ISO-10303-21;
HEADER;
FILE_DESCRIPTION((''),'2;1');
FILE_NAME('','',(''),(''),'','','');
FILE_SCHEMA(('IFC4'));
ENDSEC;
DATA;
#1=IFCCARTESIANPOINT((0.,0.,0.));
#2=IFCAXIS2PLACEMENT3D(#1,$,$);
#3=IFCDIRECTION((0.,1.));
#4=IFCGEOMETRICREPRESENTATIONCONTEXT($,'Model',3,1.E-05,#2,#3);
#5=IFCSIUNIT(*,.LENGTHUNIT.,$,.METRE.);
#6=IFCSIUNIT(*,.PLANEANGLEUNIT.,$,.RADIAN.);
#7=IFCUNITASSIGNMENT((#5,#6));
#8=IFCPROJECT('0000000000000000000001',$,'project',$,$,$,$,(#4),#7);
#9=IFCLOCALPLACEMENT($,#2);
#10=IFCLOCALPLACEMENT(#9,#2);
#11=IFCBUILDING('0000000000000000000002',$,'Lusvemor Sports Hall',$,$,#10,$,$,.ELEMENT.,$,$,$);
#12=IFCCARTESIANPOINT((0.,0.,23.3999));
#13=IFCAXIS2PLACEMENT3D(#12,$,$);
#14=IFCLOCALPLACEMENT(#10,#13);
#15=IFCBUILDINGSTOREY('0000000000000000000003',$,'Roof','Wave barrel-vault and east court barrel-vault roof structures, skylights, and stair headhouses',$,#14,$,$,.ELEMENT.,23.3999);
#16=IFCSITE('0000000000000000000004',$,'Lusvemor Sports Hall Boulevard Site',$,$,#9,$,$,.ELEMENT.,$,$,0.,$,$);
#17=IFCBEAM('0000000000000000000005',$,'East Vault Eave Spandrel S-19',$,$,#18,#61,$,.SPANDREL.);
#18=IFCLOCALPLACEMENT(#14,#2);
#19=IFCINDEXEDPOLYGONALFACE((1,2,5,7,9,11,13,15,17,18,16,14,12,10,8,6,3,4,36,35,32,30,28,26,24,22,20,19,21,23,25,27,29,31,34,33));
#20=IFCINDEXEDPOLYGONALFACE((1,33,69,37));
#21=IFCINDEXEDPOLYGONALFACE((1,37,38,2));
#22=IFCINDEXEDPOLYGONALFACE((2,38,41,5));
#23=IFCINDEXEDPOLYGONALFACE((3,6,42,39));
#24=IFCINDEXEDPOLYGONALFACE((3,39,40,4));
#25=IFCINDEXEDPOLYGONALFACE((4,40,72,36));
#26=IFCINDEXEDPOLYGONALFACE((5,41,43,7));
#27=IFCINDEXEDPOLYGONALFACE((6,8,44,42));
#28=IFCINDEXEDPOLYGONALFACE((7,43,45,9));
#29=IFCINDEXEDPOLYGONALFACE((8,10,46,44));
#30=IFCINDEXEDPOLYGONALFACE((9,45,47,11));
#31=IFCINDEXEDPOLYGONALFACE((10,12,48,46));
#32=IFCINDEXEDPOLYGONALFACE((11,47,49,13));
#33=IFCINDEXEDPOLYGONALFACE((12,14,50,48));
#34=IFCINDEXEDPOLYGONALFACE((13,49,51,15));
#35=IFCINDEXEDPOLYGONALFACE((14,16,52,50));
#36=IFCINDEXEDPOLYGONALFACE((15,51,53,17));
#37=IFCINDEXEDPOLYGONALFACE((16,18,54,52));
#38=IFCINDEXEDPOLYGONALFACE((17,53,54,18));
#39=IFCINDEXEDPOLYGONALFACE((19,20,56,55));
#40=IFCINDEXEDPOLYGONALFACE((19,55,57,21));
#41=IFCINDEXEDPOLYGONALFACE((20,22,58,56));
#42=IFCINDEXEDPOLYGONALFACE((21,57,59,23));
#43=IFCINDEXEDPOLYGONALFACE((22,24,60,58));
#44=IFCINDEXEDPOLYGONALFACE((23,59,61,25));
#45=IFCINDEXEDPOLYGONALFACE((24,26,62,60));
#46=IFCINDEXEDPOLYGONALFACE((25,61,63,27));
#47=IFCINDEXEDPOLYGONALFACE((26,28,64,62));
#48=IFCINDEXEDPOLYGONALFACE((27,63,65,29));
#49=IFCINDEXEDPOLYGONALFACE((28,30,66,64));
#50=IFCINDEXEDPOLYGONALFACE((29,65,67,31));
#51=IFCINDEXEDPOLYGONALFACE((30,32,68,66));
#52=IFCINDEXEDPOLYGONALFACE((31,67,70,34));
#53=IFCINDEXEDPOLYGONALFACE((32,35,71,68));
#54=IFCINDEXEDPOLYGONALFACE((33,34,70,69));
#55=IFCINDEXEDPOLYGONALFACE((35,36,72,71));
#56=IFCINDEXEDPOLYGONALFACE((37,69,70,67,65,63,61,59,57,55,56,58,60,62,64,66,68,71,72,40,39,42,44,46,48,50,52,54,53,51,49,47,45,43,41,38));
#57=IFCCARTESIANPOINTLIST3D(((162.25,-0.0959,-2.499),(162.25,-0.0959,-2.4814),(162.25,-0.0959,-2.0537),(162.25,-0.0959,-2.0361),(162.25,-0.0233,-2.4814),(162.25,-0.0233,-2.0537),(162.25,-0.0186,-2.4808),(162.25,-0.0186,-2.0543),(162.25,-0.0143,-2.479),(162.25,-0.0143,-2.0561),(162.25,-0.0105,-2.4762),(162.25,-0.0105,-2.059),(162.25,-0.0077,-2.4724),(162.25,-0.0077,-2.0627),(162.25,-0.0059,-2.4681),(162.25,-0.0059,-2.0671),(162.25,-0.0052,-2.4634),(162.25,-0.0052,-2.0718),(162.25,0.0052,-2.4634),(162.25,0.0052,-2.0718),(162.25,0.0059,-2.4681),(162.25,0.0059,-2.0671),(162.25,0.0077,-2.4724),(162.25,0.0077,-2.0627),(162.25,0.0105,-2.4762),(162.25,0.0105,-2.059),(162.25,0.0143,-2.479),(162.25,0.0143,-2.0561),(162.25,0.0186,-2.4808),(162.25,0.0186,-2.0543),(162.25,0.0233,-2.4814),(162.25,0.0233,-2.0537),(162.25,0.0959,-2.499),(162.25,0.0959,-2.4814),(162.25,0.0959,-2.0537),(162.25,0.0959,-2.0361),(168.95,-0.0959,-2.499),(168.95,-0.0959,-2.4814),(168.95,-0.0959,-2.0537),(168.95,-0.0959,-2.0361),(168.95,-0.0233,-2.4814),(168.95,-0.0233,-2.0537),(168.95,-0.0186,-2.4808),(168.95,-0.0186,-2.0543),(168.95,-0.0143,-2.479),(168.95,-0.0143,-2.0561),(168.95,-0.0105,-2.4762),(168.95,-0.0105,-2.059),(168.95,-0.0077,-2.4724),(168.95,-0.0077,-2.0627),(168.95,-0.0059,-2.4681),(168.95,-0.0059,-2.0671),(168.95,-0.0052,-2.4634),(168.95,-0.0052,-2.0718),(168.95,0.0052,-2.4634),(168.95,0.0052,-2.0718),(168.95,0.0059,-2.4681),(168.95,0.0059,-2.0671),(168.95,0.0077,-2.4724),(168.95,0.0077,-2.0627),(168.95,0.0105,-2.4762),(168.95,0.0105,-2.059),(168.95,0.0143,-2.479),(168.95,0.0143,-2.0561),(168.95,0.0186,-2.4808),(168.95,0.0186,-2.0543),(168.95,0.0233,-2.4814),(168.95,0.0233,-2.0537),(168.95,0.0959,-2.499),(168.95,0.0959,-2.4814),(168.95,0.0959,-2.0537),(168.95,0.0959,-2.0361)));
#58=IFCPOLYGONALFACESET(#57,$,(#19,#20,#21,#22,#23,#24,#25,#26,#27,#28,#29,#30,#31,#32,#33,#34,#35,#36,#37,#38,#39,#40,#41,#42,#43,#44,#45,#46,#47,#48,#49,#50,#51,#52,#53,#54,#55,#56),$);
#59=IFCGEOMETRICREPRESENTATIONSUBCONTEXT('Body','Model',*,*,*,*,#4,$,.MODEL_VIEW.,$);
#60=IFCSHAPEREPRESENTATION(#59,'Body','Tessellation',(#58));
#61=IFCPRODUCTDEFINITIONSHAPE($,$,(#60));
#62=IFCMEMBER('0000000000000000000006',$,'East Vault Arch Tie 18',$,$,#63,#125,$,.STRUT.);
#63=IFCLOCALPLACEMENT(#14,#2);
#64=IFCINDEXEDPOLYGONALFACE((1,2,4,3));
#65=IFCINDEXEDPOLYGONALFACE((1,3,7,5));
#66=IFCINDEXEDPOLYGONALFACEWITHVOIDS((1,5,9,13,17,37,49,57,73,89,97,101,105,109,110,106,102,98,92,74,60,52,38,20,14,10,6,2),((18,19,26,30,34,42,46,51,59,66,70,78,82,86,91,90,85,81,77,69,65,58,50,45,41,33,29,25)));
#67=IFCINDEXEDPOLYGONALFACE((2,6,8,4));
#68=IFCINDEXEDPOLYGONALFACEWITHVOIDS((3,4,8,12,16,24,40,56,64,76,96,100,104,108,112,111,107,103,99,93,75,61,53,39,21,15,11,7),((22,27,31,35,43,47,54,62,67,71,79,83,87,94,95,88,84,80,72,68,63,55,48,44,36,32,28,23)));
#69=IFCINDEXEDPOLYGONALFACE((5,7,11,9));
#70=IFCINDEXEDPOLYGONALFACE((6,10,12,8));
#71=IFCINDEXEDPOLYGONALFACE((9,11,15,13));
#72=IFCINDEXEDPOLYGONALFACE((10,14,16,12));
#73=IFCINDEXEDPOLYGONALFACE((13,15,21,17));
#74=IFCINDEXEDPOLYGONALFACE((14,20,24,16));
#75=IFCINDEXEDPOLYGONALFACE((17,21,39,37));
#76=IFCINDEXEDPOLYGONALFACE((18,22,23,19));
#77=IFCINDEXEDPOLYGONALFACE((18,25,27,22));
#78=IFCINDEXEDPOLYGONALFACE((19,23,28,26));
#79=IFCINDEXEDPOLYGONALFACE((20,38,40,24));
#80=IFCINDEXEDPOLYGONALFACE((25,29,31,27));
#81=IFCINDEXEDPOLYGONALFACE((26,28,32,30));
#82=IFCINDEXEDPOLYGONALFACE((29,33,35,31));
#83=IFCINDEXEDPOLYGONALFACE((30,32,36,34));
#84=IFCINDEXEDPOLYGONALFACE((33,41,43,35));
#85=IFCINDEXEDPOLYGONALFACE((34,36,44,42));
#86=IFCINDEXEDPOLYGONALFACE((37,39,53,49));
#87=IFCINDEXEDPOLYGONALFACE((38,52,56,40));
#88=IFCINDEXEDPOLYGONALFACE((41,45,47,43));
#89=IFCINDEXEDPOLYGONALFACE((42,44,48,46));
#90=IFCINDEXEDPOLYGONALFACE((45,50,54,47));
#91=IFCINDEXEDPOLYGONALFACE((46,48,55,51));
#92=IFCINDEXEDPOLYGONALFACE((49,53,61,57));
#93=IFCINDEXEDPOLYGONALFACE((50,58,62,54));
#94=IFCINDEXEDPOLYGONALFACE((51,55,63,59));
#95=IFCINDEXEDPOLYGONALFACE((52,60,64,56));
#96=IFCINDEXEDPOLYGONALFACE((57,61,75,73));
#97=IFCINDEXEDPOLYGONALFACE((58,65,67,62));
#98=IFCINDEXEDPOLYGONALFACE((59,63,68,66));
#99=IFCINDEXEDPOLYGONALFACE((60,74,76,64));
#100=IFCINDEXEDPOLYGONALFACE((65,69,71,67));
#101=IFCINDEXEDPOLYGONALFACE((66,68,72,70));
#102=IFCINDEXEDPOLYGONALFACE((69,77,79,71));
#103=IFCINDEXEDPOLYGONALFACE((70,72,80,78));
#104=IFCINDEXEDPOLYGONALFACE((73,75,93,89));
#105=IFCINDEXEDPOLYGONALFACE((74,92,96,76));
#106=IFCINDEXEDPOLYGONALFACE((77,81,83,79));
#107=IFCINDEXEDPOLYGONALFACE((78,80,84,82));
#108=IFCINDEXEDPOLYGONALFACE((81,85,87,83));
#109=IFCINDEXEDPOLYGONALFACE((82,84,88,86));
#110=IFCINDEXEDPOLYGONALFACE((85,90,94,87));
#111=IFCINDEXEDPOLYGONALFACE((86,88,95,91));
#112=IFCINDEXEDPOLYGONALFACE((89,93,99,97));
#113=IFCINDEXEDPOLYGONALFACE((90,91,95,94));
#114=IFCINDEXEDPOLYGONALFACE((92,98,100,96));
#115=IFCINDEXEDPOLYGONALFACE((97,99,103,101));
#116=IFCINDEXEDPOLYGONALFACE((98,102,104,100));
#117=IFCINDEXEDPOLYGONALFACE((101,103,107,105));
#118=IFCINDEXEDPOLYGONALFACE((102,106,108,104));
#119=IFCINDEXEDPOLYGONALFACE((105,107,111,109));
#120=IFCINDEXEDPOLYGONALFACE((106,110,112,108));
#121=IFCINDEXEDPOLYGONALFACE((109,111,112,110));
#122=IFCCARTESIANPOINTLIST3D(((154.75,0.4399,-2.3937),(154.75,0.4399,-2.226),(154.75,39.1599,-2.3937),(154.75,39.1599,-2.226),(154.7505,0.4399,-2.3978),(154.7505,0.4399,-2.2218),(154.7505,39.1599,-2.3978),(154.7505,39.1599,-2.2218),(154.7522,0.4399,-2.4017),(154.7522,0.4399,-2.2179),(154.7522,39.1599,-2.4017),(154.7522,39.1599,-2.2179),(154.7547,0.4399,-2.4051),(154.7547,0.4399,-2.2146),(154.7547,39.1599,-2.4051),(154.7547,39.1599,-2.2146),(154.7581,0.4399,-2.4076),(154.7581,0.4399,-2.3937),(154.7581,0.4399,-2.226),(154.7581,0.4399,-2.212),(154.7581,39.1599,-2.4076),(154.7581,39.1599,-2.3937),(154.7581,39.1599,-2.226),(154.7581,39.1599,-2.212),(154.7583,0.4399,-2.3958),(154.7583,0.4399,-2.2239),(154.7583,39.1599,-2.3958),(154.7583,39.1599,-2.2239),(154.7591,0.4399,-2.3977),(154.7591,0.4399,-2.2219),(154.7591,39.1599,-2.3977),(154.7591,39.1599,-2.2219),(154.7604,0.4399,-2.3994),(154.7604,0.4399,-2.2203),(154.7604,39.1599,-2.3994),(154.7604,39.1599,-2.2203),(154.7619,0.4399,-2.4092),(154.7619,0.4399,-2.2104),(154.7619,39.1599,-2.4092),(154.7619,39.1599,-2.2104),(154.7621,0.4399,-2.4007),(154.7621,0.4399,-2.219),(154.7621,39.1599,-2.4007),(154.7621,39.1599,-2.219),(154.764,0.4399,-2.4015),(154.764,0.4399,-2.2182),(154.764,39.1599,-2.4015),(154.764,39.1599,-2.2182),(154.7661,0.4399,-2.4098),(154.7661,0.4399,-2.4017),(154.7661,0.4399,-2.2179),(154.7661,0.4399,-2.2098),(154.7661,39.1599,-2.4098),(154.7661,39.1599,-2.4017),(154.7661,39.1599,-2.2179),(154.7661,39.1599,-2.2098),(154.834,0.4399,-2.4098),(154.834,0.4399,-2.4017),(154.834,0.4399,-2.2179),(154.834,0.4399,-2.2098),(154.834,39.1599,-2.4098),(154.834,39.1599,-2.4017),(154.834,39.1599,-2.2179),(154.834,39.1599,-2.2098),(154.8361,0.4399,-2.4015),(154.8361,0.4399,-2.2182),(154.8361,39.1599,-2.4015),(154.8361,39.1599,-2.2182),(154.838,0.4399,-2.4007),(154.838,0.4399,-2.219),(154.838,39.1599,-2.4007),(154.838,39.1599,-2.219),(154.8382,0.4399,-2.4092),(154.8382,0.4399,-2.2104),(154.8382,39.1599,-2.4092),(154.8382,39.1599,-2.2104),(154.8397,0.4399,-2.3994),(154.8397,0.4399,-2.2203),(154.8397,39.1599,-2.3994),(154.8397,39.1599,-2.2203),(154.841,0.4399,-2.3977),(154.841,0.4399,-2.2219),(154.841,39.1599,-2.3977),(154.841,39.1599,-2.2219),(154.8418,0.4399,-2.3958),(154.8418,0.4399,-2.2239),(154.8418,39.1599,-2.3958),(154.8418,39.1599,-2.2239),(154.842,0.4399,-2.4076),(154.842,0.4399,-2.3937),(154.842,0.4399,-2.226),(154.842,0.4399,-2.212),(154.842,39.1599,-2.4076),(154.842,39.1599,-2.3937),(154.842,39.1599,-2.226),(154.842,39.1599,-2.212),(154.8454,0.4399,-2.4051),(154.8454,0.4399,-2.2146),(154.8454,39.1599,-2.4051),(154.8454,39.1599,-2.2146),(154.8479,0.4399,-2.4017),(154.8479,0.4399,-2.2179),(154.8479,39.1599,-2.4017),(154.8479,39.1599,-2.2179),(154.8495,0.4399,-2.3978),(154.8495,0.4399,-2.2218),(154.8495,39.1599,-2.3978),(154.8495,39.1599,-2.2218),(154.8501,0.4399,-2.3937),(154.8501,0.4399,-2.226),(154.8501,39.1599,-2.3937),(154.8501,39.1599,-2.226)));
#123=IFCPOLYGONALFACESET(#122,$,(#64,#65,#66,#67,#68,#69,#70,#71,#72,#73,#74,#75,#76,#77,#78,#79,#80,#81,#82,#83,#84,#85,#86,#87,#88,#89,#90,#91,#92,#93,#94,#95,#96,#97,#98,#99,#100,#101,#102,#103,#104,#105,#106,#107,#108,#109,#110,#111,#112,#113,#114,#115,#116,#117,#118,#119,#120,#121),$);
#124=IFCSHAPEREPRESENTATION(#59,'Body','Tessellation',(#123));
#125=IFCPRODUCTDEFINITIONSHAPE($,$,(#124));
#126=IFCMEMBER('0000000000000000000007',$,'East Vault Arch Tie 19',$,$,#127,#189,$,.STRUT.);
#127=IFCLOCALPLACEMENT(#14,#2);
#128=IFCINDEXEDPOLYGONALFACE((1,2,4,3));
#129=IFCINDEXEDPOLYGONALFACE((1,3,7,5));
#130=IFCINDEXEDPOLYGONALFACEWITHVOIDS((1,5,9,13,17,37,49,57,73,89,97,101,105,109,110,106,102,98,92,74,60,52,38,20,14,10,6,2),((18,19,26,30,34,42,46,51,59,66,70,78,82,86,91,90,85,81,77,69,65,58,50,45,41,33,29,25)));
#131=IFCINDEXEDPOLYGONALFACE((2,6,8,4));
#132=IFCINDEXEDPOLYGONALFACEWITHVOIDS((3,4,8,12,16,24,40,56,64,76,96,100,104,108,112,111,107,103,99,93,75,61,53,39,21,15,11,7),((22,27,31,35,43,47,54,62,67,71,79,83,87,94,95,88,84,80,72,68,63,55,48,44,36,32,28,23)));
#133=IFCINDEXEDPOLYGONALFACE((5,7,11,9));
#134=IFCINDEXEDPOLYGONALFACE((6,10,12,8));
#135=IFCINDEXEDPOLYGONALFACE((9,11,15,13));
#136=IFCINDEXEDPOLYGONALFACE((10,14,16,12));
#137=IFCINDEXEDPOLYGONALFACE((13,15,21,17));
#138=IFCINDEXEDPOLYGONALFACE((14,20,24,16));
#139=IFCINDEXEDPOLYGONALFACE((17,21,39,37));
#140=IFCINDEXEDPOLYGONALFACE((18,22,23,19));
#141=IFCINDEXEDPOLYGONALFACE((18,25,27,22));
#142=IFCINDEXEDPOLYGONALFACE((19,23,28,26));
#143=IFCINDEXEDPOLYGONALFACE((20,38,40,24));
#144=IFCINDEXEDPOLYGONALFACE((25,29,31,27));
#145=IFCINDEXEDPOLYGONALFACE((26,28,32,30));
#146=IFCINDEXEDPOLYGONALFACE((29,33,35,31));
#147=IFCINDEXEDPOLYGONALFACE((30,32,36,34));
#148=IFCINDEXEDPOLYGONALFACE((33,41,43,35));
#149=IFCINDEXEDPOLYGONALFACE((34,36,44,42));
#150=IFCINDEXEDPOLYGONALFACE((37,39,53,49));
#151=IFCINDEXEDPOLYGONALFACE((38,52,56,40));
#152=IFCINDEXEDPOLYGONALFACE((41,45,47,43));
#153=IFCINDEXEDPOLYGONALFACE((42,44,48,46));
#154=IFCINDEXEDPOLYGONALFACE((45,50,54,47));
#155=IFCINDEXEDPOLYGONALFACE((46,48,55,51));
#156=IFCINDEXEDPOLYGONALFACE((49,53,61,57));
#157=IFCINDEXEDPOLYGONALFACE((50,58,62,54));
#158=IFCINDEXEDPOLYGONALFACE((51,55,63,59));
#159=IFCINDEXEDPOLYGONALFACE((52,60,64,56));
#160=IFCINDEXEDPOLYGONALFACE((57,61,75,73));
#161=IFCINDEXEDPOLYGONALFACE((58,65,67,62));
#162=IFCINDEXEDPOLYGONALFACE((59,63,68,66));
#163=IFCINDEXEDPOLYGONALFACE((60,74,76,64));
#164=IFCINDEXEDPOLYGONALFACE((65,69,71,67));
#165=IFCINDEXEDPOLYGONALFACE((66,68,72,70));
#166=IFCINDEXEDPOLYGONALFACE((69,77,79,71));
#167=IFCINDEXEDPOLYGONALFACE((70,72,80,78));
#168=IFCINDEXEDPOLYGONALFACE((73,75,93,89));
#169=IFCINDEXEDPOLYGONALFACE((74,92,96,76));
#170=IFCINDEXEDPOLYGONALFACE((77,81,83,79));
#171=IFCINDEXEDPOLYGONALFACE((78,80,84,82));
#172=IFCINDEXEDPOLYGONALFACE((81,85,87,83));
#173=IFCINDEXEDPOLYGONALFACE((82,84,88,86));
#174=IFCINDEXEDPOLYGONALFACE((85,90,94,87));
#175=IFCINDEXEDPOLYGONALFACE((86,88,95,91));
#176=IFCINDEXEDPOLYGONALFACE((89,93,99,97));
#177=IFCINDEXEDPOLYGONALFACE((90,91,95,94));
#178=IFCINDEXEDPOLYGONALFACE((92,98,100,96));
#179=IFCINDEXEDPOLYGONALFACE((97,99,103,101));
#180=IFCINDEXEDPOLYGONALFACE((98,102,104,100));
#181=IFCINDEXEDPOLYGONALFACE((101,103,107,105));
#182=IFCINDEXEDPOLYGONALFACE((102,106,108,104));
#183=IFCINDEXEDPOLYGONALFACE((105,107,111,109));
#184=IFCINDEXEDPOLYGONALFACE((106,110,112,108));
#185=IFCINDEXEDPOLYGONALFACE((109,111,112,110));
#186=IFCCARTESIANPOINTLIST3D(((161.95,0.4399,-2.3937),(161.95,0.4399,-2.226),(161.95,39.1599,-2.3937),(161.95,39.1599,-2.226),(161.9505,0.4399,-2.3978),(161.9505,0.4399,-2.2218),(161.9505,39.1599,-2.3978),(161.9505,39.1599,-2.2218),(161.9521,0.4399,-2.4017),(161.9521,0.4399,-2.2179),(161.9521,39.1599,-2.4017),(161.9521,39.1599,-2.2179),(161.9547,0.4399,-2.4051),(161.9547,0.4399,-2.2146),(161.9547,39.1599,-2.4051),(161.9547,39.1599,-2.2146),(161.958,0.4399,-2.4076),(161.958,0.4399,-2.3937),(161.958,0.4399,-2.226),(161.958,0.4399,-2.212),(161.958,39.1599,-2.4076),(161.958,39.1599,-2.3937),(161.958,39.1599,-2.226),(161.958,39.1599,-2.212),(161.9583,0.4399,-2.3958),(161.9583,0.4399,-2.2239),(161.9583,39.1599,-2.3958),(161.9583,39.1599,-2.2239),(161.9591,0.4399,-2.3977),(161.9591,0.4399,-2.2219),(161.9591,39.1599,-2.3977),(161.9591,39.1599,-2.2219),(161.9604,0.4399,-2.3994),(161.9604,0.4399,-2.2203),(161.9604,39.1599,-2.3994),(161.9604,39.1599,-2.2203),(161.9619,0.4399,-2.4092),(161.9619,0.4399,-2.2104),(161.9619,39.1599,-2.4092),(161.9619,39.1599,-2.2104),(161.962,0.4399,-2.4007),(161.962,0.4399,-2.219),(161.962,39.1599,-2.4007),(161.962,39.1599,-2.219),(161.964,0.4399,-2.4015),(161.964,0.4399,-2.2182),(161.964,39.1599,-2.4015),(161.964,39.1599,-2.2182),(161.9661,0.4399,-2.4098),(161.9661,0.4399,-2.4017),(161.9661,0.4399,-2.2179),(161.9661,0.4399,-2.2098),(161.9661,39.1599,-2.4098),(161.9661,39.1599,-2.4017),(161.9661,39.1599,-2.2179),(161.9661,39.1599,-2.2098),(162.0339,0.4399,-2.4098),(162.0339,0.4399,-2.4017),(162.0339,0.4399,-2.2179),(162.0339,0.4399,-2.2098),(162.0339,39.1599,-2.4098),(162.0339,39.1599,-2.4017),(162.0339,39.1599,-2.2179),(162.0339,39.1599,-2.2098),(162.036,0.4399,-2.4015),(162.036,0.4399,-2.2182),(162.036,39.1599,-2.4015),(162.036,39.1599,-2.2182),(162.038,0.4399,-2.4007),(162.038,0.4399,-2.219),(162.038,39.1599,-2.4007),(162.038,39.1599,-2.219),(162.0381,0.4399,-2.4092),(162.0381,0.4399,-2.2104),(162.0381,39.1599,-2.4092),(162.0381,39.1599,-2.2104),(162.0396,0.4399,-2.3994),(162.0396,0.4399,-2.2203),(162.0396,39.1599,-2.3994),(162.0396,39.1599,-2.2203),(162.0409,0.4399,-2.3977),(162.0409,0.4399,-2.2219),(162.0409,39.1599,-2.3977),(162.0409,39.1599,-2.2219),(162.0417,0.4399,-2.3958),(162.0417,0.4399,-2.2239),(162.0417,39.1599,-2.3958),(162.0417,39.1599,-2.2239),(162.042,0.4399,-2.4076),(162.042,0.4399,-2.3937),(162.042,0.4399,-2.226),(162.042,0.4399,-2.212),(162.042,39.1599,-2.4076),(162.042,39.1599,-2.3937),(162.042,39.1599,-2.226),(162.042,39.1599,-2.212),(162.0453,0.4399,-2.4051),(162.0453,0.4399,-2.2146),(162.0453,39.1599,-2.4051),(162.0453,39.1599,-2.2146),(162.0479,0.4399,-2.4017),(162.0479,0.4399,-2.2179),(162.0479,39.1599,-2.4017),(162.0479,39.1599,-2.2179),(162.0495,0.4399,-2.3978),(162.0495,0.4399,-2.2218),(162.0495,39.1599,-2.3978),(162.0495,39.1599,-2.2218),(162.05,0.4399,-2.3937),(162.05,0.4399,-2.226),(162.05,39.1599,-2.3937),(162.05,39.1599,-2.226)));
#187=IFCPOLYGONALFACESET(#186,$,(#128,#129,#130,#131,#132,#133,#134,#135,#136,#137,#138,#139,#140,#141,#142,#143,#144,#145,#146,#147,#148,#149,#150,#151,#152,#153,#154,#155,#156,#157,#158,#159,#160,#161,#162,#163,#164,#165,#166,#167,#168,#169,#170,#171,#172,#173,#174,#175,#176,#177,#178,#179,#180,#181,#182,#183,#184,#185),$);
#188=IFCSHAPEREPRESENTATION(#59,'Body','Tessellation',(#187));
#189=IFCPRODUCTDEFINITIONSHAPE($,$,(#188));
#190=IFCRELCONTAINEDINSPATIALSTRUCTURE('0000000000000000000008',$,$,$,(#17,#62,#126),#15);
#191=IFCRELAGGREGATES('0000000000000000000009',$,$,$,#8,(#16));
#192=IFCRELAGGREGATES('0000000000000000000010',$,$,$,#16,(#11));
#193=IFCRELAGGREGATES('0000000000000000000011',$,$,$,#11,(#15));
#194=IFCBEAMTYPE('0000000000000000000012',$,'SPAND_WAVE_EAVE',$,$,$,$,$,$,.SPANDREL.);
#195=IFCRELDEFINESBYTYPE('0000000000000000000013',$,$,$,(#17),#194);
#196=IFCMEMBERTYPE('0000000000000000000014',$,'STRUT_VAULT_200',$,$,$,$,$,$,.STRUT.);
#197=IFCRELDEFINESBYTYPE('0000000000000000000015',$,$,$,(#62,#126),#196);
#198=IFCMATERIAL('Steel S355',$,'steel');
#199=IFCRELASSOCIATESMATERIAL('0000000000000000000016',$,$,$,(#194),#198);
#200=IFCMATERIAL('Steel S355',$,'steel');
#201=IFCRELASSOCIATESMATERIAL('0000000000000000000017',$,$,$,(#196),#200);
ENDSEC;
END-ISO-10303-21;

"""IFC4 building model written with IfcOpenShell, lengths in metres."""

from ifc_helpers import new_model, si_unit, direction, frame, origin, origin_2d, place, context, subcontext, project, spatial, hollow_rectangle, i_section, extrude, material, material_profile, profile_set, type_object, element, save


model = new_model("IFC4")

# Units and contexts
model_context = context("Model", 3, precision=1e-05, world=origin(), true_north=direction((0.0, 1.0)))
body_context = subcontext(model_context, "Body", "Model", "MODEL_VIEW")
ifc_project = project(units=[si_unit("LENGTHUNIT", "METRE"), si_unit("PLANEANGLEUNIT", "RADIAN")], contexts=[model_context])

# Site, building, storey
site_placement = place(None, origin())
site = spatial("IfcSite", under=ifc_project, at=site_placement, Name="Lusvemor Sports Hall Boulevard Site", CompositionType="ELEMENT", RefElevation=0.0)
building_placement = place(site_placement, origin())
building = spatial("IfcBuilding", under=site, at=building_placement, Name="Lusvemor Sports Hall", CompositionType="ELEMENT")
storey_placement = place(building_placement, frame((0.0, 0.0, 23.3999)))
storey = spatial("IfcBuildingStorey", under=building, at=storey_placement, Name="Roof", Description="Wave barrel-vault and east court barrel-vault roof structures, skylights, and stair headhouses", CompositionType="ELEMENT", Elevation=23.3999)

# Beam
ifc_material_1 = material(Name="Steel S355", Category="steel")
ifc_material_profile_1 = material_profile(ifc_material_1, i_section(OverallWidth=0.1919, OverallDepth=0.4629, WebThickness=0.0105, FlangeThickness=0.0176, FilletRadius=0.0181, at=origin_2d()), Name="W460x89.0")
ifc_profile_set_1 = profile_set([ifc_material_profile_1], Name="Steel S355")
beam_type_1 = type_object("IfcBeamType", Name="SPAND_WAVE_EAVE", PredefinedType="SPANDREL", material=ifc_profile_set_1)
for number, where, z_axis, x_axis, name in (
    (1, (162.25, 0.0, -2.2676), (1.0, 0.0, 0.0), (0.0, 1.0, 0.0), "East Vault Eave Spandrel S-19"),
):
    element("IfcBeam", number, at=place(storey_placement, frame(where, z_axis=z_axis, x_axis=x_axis)), inside=storey, type_object=beam_type_1, Name=name, PredefinedType="SPANDREL", context=body_context, shape_type="SweptSolid", body=[
        extrude(i_section(OverallWidth=0.1919, OverallDepth=0.4629, WebThickness=0.0105, FlangeThickness=0.0176, FilletRadius=0.0181, at=origin_2d()), origin(), (0.0, 0.0, 1.0), 6.7),
    ])

# Members
ifc_material_2 = material(Name="Steel S355", Category="steel")
ifc_material_profile_2 = material_profile(ifc_material_2, hollow_rectangle(XDim=0.1001, YDim=0.2, WallThickness=0.0081, InnerFilletRadius=0.0081, OuterFilletRadius=0.0161, at=origin_2d()), Name="RHS200x100x8")
ifc_profile_set_2 = profile_set([ifc_material_profile_2], Name="Steel S355")
member_type_1 = type_object("IfcMemberType", Name="STRUT_VAULT_200", PredefinedType="STRUT", material=ifc_profile_set_2)
for number, where, z_axis, x_axis, name in (
    (2, (154.8, 0.4399, -2.3098), (0.0, 1.0, 0.0), (-1.0, 0.0, 0.0), "East Vault Arch Tie 18"),
    (3, (162.0, 0.4399, -2.3098), (0.0, 1.0, 0.0), (-1.0, 0.0, 0.0), "East Vault Arch Tie 19"),
):
    element("IfcMember", number, at=place(storey_placement, frame(where, z_axis=z_axis, x_axis=x_axis)), inside=storey, type_object=member_type_1, Name=name, PredefinedType="STRUT", context=body_context, shape_type="SweptSolid", body=[
        extrude(hollow_rectangle(XDim=0.1001, YDim=0.2, WallThickness=0.0081, InnerFilletRadius=0.0081, OuterFilletRadius=0.0161, at=origin_2d()), origin(), (0.0, 0.0, 1.0), 38.72),
    ])

save(model, "model.ifc")
